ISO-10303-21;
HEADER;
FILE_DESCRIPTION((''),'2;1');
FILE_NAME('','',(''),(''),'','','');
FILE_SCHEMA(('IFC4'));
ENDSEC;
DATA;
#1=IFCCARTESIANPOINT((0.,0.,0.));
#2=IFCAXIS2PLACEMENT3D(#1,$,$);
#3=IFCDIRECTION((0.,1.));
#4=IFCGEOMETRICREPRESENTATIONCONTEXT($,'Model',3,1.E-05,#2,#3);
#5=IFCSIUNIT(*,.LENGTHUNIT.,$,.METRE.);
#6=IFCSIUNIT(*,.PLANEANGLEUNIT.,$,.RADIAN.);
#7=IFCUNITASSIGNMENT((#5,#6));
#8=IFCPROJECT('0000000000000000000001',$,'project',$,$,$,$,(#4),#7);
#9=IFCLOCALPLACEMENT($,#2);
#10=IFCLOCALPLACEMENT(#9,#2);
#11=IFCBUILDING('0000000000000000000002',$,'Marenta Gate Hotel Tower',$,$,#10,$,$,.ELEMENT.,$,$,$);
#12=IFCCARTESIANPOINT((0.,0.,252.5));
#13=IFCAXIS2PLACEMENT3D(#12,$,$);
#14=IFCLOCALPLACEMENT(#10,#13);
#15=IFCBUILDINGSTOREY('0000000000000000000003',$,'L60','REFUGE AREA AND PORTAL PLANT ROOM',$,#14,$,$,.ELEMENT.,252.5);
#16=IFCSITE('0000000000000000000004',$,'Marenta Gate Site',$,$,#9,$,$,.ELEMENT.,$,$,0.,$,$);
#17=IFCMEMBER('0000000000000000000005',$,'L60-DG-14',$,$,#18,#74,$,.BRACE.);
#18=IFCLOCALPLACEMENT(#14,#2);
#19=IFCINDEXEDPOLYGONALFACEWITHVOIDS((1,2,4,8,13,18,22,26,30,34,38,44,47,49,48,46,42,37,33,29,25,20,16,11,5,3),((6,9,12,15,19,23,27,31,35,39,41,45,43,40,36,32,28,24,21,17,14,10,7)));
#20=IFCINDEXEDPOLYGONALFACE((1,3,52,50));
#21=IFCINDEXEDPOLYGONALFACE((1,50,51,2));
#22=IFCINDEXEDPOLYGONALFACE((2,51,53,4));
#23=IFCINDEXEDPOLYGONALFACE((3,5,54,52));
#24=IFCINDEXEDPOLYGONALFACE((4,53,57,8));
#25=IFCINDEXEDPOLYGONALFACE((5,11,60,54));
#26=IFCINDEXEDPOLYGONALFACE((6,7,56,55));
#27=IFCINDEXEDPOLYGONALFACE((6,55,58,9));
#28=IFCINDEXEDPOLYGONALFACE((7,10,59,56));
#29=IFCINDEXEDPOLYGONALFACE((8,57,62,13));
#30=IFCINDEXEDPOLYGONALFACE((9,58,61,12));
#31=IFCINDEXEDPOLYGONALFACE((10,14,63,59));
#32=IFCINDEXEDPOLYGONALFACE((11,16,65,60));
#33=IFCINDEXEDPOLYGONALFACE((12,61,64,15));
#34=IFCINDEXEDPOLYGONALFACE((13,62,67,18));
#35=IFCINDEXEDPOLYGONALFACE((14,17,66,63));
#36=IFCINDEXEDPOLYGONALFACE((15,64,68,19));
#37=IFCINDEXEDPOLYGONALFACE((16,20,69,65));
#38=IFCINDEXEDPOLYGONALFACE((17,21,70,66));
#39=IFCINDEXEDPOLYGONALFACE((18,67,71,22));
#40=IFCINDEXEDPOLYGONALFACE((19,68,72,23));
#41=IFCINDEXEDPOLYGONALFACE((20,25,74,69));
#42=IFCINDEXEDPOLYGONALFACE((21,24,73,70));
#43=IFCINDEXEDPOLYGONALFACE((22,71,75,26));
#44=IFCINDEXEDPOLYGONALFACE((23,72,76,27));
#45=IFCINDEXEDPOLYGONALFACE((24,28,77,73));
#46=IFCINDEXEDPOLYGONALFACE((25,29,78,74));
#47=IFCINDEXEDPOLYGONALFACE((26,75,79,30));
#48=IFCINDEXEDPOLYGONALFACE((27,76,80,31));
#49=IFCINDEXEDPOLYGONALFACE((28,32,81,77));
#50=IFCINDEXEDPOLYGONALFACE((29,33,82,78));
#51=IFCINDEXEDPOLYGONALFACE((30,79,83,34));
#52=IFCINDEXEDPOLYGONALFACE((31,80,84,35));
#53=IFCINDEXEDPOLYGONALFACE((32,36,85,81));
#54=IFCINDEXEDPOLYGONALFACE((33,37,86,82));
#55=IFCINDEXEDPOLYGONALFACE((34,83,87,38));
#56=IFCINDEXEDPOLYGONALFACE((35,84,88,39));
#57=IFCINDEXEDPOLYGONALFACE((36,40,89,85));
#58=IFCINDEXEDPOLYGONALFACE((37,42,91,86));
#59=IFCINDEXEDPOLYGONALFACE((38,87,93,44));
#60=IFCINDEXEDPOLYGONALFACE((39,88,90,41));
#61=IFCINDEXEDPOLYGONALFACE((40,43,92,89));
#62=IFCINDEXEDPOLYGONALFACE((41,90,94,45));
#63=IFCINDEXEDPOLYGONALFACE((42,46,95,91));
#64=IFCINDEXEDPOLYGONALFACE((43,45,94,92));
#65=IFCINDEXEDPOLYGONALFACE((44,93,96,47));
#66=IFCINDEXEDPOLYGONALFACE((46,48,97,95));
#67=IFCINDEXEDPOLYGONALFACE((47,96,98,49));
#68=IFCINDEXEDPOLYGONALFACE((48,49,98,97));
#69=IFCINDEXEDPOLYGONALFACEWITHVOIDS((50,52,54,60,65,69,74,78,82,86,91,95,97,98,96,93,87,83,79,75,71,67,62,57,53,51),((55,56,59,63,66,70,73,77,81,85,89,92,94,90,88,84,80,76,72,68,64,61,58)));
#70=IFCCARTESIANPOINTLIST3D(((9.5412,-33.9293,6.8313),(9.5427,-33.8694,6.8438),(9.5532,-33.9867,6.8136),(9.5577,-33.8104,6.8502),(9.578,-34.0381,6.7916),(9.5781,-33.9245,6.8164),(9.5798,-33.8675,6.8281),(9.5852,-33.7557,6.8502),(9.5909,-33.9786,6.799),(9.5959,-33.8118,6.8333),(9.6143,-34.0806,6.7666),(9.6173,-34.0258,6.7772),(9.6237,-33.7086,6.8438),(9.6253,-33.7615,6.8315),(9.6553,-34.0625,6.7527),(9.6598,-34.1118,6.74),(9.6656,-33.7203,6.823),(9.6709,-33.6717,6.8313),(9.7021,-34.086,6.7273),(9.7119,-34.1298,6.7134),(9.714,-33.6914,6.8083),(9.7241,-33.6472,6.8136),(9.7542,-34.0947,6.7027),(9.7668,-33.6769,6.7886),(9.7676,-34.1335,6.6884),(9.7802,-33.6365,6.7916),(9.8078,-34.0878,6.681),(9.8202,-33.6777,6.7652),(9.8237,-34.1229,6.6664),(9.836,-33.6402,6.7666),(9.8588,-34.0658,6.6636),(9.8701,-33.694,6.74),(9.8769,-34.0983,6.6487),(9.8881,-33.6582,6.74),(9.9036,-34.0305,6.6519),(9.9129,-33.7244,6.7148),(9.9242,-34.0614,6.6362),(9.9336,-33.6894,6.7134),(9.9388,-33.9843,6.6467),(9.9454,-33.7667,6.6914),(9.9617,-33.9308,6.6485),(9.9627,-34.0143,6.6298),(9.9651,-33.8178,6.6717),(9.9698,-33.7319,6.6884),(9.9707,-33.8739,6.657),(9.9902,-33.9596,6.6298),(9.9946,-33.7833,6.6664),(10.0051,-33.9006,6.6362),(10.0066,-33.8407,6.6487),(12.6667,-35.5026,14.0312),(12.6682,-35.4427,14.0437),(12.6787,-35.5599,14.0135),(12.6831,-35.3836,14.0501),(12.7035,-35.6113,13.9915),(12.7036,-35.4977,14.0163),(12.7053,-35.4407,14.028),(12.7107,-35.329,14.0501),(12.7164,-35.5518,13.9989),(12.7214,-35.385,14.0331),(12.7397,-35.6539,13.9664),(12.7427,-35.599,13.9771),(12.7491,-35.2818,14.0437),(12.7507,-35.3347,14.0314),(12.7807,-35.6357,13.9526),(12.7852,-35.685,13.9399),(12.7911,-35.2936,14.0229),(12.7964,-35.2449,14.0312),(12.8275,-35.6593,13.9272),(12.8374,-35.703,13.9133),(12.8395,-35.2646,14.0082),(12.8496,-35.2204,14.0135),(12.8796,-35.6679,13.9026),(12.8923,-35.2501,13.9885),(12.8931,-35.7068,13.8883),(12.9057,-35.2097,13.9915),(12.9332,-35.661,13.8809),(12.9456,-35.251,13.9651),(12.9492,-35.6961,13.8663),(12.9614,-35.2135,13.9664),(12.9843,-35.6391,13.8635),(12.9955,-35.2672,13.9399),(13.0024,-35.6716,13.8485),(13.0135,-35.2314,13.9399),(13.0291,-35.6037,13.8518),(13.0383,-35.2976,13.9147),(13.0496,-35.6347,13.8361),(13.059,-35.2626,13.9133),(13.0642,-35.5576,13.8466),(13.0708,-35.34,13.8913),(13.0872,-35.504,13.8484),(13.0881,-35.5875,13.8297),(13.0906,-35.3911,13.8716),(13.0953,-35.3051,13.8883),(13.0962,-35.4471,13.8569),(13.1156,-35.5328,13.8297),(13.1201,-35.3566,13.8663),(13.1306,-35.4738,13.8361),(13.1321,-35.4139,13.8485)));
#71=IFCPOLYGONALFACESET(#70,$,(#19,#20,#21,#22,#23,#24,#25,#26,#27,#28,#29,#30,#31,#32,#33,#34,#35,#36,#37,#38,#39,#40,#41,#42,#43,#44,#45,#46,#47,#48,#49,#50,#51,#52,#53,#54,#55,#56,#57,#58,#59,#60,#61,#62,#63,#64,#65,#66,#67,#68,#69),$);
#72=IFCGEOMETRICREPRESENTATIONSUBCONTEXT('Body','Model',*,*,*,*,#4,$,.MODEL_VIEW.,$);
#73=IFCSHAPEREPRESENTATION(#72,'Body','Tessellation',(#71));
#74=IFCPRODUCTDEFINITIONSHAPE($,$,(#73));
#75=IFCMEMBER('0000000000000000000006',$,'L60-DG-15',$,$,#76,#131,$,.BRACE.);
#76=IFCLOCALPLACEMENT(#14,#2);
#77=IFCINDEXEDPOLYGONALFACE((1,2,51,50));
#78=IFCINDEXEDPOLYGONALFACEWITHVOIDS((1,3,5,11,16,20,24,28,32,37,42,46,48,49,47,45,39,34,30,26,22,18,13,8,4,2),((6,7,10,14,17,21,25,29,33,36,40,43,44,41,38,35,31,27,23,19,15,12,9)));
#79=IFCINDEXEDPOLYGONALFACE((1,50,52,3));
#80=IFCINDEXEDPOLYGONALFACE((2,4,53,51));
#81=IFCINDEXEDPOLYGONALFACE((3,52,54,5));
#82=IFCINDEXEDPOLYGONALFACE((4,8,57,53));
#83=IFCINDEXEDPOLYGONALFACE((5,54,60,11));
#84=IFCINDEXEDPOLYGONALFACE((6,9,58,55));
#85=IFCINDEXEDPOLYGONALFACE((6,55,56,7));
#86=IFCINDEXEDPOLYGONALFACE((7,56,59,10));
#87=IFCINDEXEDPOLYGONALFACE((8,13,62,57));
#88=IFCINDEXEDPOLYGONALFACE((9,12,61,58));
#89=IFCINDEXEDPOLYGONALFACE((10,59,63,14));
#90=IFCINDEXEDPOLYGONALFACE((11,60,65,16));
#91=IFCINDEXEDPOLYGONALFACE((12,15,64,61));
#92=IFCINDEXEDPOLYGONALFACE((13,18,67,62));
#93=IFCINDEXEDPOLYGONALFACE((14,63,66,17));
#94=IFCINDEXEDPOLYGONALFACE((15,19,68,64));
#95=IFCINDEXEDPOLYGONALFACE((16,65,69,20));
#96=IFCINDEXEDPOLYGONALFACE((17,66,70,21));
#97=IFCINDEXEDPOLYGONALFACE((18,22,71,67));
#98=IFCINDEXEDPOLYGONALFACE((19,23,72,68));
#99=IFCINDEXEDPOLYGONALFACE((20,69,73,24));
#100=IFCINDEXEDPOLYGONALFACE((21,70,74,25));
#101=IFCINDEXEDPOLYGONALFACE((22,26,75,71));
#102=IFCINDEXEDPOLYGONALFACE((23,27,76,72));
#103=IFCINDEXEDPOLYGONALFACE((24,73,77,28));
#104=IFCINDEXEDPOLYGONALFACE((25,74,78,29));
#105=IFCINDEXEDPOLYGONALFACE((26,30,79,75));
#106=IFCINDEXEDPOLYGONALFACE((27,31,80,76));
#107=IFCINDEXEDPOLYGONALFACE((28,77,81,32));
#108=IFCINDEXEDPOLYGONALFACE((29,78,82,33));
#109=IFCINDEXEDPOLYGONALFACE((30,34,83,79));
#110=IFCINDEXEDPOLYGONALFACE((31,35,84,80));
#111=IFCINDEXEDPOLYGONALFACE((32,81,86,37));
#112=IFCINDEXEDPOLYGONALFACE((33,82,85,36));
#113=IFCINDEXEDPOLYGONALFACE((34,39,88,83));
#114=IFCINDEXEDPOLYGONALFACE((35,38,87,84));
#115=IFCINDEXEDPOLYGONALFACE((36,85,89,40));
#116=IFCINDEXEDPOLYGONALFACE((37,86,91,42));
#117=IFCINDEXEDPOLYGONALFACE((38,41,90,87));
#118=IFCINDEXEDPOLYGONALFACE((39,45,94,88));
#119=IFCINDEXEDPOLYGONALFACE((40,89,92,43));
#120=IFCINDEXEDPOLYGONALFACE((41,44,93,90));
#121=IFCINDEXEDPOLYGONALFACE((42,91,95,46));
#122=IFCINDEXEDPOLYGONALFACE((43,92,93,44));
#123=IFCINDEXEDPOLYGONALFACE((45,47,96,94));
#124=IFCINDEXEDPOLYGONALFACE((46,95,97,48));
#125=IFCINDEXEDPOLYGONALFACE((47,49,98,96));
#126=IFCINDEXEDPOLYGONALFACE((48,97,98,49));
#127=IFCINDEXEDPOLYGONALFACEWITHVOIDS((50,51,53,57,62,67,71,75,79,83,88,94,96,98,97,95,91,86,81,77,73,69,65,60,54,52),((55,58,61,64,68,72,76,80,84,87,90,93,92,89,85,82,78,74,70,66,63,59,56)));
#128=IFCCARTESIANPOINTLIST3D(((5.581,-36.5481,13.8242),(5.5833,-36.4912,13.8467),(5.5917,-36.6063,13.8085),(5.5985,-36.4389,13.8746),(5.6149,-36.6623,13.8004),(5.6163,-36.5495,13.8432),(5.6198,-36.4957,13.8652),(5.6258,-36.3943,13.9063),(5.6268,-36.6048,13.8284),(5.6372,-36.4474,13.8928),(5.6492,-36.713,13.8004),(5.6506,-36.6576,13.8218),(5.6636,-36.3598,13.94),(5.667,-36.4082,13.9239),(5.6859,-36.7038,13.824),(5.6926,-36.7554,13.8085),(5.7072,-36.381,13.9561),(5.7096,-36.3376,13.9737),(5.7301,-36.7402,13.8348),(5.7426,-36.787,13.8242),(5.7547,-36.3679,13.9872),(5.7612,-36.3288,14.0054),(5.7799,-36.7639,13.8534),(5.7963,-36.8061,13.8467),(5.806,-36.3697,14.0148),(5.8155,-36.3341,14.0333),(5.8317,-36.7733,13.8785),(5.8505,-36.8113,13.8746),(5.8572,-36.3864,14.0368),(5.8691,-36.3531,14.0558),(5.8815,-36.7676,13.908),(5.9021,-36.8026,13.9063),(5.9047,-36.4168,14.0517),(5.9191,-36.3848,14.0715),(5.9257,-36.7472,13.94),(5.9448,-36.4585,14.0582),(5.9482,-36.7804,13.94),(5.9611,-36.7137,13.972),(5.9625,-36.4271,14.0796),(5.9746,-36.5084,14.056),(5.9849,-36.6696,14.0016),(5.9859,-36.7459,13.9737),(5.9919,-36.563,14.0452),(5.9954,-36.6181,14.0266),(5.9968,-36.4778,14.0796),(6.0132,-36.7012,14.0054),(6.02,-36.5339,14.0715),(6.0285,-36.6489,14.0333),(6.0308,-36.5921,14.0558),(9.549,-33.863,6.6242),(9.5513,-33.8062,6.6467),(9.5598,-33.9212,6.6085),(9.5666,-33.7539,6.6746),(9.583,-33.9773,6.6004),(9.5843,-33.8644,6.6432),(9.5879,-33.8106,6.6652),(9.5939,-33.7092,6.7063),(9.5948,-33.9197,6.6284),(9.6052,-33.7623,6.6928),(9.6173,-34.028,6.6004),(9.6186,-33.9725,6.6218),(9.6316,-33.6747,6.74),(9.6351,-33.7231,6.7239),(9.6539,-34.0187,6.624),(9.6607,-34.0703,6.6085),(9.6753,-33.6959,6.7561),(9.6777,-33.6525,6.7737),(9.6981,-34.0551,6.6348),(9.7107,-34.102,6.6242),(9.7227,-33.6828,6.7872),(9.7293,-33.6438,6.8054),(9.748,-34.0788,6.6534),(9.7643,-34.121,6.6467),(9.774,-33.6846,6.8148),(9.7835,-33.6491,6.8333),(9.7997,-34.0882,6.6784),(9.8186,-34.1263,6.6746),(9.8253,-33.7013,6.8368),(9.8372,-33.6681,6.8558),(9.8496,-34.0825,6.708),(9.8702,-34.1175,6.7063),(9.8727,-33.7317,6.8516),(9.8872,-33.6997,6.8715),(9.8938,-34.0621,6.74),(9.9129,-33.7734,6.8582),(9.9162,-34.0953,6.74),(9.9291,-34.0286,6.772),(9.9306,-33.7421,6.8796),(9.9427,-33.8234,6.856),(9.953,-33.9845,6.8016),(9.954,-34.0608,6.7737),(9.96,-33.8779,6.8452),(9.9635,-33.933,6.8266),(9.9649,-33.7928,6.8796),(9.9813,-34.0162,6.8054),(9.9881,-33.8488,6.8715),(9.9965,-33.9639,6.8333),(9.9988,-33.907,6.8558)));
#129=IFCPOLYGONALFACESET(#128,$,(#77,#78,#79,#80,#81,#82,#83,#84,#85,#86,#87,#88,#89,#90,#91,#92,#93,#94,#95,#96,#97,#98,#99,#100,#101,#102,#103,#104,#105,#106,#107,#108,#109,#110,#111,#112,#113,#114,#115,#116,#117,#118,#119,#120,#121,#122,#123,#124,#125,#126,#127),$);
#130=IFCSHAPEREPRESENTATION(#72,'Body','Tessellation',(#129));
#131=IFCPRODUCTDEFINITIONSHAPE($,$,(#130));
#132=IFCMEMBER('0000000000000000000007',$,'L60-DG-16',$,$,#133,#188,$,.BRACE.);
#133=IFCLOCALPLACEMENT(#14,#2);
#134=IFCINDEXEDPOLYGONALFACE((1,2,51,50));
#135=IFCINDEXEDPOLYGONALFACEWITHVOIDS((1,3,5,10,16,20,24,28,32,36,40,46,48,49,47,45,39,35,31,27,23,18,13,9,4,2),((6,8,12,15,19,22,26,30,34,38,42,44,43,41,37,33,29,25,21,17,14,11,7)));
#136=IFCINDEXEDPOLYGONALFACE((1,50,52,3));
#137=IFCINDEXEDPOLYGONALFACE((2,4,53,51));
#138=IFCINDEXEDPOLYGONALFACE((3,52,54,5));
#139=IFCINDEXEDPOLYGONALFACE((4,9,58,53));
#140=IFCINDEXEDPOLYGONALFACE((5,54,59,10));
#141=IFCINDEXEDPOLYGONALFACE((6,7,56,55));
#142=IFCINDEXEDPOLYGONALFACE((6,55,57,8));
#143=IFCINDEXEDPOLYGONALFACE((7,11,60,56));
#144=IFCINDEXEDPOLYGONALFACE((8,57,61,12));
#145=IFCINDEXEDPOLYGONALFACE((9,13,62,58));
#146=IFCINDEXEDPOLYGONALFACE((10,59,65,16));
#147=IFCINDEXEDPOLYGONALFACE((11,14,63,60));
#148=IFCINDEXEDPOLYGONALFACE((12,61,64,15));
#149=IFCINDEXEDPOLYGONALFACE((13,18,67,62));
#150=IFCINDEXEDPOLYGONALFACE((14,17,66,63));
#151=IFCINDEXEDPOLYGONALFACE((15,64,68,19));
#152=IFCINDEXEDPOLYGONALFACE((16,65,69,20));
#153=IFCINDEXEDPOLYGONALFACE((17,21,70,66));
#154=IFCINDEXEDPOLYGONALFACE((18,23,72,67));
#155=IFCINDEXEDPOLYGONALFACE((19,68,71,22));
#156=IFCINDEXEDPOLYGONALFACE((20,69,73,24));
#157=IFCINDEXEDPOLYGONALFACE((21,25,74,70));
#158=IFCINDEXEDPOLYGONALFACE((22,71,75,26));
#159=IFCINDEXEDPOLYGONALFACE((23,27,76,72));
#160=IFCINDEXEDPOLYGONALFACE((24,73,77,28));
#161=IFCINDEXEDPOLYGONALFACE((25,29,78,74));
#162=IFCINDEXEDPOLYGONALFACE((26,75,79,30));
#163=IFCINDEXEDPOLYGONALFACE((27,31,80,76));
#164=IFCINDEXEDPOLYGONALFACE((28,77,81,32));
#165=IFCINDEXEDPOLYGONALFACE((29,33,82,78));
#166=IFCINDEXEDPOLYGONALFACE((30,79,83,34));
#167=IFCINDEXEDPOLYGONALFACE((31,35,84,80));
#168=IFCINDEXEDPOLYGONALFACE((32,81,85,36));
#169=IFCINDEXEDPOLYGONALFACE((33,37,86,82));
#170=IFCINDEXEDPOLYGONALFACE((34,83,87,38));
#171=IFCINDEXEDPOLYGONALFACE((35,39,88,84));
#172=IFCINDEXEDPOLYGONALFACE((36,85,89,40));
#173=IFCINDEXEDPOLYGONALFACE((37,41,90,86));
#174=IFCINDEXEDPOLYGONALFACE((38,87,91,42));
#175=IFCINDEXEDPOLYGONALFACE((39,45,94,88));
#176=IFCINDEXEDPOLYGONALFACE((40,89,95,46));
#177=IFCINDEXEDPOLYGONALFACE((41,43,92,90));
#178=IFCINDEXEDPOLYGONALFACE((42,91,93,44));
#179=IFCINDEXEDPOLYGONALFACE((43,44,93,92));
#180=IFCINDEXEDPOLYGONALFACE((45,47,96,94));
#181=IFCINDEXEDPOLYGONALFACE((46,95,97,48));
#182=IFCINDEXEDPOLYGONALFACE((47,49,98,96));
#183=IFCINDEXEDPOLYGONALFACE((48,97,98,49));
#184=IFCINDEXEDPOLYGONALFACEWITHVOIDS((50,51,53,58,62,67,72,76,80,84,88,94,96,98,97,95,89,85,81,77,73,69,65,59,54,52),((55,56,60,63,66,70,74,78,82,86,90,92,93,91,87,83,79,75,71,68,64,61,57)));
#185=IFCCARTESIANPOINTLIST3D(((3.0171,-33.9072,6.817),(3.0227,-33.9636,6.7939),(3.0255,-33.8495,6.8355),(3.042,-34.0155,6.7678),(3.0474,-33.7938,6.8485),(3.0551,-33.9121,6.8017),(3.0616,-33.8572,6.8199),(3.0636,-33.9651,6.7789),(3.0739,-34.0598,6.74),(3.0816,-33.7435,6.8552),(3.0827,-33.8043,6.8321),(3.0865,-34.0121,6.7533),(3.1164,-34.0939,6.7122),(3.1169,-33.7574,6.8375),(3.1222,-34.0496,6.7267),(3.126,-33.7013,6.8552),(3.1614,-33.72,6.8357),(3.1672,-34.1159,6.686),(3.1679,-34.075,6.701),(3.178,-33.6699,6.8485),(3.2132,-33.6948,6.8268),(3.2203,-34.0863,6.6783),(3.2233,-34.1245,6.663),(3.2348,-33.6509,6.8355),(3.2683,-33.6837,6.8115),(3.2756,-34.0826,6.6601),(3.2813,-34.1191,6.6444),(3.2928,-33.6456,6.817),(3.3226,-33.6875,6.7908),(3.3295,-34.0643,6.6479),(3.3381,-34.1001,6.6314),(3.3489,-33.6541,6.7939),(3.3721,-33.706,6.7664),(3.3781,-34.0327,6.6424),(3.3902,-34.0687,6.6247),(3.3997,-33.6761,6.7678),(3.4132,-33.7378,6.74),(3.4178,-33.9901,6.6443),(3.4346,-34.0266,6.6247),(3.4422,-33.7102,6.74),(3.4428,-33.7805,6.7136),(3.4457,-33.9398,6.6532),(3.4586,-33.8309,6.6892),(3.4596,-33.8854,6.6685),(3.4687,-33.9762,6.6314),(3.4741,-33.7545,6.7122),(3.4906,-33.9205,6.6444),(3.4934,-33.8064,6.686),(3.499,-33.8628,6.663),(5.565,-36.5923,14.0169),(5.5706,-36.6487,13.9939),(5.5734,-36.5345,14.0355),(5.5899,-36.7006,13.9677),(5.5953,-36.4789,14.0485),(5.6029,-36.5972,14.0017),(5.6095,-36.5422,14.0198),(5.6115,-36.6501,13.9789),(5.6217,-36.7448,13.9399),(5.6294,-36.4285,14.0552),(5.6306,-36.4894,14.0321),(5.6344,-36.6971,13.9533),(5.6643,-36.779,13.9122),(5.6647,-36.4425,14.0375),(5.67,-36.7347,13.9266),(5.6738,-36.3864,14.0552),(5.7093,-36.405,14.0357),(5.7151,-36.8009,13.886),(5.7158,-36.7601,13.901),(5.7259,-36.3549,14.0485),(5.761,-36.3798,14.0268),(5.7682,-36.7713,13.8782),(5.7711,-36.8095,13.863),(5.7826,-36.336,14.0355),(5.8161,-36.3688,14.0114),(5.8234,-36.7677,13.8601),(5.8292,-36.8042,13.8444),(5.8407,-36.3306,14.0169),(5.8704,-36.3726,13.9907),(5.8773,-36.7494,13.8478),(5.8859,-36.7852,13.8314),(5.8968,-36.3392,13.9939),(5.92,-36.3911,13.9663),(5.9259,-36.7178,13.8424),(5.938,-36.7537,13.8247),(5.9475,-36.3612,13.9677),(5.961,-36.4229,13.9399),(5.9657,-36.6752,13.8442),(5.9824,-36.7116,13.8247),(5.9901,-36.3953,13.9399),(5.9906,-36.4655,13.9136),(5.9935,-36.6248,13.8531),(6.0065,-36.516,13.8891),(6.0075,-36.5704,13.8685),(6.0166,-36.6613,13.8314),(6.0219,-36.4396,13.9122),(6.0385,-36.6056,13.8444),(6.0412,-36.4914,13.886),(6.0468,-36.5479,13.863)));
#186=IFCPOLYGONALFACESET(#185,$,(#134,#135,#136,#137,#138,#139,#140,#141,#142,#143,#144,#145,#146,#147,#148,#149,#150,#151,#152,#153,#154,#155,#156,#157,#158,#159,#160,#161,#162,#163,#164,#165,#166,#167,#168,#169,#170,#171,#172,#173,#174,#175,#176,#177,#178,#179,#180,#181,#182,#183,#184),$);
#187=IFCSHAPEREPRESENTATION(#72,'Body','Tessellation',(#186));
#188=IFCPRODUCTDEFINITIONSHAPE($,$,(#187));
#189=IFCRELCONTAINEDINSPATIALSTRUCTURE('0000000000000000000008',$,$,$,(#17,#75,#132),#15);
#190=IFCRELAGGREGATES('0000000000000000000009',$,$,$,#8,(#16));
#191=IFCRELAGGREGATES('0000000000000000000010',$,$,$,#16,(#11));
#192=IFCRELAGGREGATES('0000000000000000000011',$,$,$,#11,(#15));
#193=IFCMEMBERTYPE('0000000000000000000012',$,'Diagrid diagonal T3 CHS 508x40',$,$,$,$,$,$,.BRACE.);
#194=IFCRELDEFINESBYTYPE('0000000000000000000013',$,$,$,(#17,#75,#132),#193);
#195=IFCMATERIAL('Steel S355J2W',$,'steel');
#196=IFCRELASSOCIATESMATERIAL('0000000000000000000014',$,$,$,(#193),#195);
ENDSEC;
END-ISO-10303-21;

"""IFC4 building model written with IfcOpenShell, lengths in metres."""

from ifc_helpers import new_model, si_unit, direction, frame, origin, origin_2d, place, context, subcontext, project, spatial, hollow_circle, extrude, material, material_profile, profile_set, type_object, element, save


model = new_model("IFC4")

# Units and contexts
model_context = context("Model", 3, precision=1e-05, world=origin(), true_north=direction((0.0, 1.0)))
body_context = subcontext(model_context, "Body", "Model", "MODEL_VIEW")
ifc_project = project(units=[si_unit("LENGTHUNIT", "METRE"), si_unit("PLANEANGLEUNIT", "RADIAN")], contexts=[model_context])

# Site, building, storey
site_placement = place(None, origin())
site = spatial("IfcSite", under=ifc_project, at=site_placement, Name="Marenta Gate Site", CompositionType="ELEMENT", RefElevation=0.0)
building_placement = place(site_placement, origin())
building = spatial("IfcBuilding", under=site, at=building_placement, Name="Marenta Gate Hotel Tower", CompositionType="ELEMENT")
storey_placement = place(building_placement, frame((0.0, 0.0, 252.5)))
storey = spatial("IfcBuildingStorey", under=building, at=storey_placement, Name="L60", Description="REFUGE AREA AND PORTAL PLANT ROOM", CompositionType="ELEMENT", Elevation=252.5)

# Members
ifc_material_1 = material(Name="Steel S355J2W", Category="steel")
ifc_material_profile_1 = material_profile(ifc_material_1, hollow_circle(Radius=0.2539, WallThickness=0.04, at=origin_2d()), Name="CHS 508x40")
ifc_profile_set_1 = profile_set([ifc_material_profile_1], Name="Steel S355J2W")
member_type_1 = type_object("IfcMemberType", Name="Diagrid diagonal T3 CHS 508x40", PredefinedType="BRACE", material=ifc_profile_set_1)
member_1_placement = place(storey_placement, frame((9.7739, -33.885, 6.74), z_axis=(0.390433, -0.196528, 0.89941), x_axis=(0.449612, 0.893224, 0.0)))
element("IfcMember", 1, at=member_1_placement, inside=storey, type_object=member_type_1, Name="L60-DG-14", PredefinedType="BRACE", context=body_context, shape_type="SweptSolid", body=[
    extrude(hollow_circle(Radius=0.2539, WallThickness=0.04, at=origin_2d()), origin(), (0.0, 0.0, 1.0), 8.0051),
])
member_2_placement = place(storey_placement, frame((9.7739, -33.885, 6.74), z_axis=(-0.458818, -0.310471, 0.832523), x_axis=(0.560426, -0.828205, 0.0)))
element("IfcMember", 2, at=member_2_placement, inside=storey, type_object=member_type_1, Name="L60-DG-15", PredefinedType="BRACE", context=body_context, shape_type="SweptSolid", body=[
    extrude(hollow_circle(Radius=0.2539, WallThickness=0.04, at=origin_2d()), origin(), (0.0, 0.0, 1.0), 8.6484),
])
member_3_placement = place(storey_placement, frame((3.2581, -33.885, 6.74), z_axis=(0.314717, -0.331665, 0.889355), x_axis=(0.725398, 0.68833, 0.0)))
element("IfcMember", 3, at=member_3_placement, inside=storey, type_object=member_type_1, Name="L60-DG-16", PredefinedType="BRACE", context=body_context, shape_type="SweptSolid", body=[
    extrude(hollow_circle(Radius=0.2539, WallThickness=0.04, at=origin_2d()), origin(), (0.0, 0.0, 1.0), 8.0957),
])

save(model, "model.ifc")
